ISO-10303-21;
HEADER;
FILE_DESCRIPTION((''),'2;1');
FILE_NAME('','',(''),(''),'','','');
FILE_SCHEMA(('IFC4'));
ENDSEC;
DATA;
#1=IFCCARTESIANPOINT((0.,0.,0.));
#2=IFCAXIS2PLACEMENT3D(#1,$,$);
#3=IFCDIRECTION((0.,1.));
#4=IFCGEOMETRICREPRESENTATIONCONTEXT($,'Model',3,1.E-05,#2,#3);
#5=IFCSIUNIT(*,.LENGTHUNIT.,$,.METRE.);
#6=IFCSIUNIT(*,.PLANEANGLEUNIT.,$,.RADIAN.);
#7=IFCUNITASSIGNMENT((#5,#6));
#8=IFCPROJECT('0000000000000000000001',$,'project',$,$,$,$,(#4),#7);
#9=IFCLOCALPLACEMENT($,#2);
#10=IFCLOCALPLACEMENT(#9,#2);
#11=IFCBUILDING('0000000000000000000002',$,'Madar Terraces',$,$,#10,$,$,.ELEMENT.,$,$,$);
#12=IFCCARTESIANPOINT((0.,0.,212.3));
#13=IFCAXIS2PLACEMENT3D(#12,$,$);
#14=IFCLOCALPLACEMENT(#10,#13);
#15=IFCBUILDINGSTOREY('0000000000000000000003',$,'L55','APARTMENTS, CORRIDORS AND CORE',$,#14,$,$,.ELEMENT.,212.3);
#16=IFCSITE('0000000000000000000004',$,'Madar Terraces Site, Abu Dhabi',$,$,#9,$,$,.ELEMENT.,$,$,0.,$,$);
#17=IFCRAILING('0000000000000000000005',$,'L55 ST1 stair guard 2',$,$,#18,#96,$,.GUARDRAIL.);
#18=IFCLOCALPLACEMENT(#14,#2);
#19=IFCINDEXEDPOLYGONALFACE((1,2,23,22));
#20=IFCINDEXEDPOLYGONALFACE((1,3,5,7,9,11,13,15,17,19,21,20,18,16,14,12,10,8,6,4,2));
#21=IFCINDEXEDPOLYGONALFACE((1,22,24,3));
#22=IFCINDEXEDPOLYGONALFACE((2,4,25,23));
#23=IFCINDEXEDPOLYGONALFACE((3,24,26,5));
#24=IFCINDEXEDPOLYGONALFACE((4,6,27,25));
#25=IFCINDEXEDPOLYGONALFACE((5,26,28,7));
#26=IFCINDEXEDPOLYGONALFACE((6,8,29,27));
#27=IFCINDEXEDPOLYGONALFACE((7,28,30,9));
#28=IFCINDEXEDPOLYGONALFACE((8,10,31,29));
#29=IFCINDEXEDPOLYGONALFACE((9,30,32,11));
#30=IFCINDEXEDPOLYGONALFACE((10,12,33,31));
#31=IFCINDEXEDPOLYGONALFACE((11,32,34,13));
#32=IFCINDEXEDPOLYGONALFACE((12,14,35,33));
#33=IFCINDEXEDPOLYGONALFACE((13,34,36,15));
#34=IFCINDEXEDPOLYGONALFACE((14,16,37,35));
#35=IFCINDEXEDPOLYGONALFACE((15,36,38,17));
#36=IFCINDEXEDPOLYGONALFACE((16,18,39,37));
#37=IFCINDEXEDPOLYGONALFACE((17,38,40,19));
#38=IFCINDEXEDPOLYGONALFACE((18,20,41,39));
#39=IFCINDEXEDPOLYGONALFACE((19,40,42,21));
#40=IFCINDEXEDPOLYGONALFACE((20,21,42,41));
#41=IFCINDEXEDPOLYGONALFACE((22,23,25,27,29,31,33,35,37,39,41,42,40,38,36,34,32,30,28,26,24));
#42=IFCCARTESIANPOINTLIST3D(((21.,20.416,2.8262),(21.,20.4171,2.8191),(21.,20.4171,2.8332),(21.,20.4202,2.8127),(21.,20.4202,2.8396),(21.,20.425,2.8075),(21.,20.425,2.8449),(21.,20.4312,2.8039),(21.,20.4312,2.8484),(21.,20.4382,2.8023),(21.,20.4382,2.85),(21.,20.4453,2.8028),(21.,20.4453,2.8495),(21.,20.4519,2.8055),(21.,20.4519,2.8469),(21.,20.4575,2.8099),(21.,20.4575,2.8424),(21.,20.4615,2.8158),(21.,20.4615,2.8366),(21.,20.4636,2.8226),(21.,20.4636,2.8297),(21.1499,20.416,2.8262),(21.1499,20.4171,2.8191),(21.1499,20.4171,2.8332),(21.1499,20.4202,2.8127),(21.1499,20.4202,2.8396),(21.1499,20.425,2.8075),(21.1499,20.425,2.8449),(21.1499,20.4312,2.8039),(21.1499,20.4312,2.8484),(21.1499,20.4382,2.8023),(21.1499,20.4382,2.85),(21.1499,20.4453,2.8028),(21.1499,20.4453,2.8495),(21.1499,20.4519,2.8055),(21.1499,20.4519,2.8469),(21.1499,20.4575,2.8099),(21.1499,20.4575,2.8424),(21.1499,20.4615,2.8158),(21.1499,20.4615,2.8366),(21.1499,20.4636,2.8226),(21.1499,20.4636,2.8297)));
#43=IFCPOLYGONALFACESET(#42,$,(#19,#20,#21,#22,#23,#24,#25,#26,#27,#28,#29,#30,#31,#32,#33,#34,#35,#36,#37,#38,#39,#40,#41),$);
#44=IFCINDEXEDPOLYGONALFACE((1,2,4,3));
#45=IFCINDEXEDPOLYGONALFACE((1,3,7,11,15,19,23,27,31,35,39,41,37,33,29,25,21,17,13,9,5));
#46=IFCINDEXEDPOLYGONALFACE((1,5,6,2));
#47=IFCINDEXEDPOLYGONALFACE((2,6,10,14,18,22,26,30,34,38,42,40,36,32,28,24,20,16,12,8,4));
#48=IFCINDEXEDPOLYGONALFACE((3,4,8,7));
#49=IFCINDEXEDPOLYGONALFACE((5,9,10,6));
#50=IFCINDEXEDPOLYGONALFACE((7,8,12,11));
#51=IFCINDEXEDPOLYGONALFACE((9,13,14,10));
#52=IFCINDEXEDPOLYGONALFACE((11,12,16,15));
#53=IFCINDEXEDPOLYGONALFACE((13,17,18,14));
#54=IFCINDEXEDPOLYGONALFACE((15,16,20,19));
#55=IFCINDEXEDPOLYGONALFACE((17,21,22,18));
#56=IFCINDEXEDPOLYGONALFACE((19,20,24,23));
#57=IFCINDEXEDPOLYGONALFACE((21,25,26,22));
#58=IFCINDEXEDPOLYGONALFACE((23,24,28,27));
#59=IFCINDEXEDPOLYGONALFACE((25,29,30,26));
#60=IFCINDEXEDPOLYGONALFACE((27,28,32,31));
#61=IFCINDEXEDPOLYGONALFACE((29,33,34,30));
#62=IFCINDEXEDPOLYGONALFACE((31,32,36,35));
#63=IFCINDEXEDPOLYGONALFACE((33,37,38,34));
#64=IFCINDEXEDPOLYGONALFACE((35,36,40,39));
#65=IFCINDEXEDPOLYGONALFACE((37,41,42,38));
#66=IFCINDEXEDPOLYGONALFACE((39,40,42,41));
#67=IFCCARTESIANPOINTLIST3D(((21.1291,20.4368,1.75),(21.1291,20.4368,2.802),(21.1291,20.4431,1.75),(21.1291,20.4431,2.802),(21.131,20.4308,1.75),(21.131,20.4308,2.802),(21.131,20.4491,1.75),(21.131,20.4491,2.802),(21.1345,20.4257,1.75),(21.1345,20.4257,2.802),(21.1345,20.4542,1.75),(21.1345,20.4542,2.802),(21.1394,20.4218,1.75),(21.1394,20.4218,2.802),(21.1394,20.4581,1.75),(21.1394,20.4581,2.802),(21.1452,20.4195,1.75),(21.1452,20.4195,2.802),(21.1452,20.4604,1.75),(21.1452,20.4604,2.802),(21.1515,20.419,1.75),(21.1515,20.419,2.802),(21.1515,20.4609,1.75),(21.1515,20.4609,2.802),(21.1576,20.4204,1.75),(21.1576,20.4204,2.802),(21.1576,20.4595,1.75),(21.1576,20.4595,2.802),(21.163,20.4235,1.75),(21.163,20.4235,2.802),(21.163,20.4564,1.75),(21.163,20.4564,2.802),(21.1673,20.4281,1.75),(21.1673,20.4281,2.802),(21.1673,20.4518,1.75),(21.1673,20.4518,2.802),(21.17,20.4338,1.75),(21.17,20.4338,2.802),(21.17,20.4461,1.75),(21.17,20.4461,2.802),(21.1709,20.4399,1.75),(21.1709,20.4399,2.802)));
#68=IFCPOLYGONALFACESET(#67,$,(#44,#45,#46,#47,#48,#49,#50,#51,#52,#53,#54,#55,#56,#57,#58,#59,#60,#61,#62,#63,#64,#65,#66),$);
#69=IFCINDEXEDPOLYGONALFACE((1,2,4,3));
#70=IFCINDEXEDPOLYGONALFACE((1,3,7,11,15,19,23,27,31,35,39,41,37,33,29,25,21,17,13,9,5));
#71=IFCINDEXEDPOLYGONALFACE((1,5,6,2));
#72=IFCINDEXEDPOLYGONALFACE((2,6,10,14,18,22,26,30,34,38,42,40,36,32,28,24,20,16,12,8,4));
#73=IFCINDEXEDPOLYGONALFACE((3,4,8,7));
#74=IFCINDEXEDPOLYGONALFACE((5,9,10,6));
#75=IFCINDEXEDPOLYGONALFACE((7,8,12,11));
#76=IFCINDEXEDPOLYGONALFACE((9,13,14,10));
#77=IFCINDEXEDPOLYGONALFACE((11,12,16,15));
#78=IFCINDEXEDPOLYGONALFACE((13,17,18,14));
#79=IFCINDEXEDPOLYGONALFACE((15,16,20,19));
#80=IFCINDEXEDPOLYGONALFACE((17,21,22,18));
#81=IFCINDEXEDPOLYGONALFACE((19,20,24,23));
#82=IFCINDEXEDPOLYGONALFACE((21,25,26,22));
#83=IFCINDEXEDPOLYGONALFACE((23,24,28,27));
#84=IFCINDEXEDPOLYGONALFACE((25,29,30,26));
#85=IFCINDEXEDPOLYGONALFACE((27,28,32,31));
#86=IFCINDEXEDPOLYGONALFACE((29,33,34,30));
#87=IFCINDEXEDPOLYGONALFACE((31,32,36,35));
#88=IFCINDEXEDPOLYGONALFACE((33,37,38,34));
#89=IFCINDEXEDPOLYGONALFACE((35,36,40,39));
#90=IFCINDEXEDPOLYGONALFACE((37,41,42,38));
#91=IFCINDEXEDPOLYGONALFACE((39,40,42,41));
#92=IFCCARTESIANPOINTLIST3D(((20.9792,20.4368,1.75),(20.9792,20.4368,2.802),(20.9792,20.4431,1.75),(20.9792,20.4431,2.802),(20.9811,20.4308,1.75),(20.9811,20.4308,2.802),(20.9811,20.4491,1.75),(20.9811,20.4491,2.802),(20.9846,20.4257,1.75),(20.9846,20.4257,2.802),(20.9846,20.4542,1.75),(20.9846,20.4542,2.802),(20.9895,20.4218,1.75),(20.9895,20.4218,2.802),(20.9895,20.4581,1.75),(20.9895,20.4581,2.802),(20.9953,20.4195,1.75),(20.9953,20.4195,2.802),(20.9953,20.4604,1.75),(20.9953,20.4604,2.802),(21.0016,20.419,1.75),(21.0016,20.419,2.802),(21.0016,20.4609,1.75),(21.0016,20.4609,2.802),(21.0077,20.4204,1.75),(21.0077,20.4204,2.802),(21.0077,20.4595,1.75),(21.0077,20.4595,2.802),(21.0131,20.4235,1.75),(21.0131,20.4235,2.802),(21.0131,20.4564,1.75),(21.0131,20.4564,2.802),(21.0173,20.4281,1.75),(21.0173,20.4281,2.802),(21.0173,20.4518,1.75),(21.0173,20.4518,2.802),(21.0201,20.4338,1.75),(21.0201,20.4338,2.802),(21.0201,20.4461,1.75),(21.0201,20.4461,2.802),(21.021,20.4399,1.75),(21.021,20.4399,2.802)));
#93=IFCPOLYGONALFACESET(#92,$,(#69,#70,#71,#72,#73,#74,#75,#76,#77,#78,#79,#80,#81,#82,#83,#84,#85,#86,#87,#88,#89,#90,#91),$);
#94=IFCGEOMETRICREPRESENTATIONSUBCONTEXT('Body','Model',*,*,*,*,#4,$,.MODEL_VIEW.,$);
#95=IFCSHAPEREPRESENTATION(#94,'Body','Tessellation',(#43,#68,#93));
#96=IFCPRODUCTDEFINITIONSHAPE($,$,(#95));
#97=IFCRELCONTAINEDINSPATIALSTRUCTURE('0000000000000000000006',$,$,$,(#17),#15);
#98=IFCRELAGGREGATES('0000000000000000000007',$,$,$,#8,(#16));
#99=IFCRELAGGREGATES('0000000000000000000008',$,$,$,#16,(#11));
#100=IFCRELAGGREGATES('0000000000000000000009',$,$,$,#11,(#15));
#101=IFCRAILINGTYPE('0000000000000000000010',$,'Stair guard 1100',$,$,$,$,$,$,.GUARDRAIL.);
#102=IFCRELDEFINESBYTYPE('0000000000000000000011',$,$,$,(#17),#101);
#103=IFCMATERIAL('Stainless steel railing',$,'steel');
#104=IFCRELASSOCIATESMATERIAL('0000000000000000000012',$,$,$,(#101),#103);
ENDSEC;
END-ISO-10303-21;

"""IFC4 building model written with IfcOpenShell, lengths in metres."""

from ifc_helpers import new_model, si_unit, direction, frame, origin, origin_2d, place, context, subcontext, project, spatial, circle, extrude, material, type_object, element, save


model = new_model("IFC4")

# Units and contexts
model_context = context("Model", 3, precision=1e-05, world=origin(), true_north=direction((0.0, 1.0)))
body_context = subcontext(model_context, "Body", "Model", "MODEL_VIEW")
ifc_project = project(units=[si_unit("LENGTHUNIT", "METRE"), si_unit("PLANEANGLEUNIT", "RADIAN")], contexts=[model_context])

# Site, building, storey
site_placement = place(None, origin())
site = spatial("IfcSite", under=ifc_project, at=site_placement, Name="Madar Terraces Site, Abu Dhabi", CompositionType="ELEMENT", RefElevation=0.0)
building_placement = place(site_placement, origin())
building = spatial("IfcBuilding", under=site, at=building_placement, Name="Madar Terraces", CompositionType="ELEMENT")
storey_placement = place(building_placement, frame((0.0, 0.0, 212.3)))
storey = spatial("IfcBuildingStorey", under=building, at=storey_placement, Name="L55", Description="APARTMENTS, CORRIDORS AND CORE", CompositionType="ELEMENT", Elevation=212.3)

# Railing
ifc_material_1 = material(Name="Stainless steel railing", Category="steel")
railing_type_1 = type_object("IfcRailingType", Name="Stair guard 1100", PredefinedType="GUARDRAIL", material=ifc_material_1)
railing_1_placement = place(storey_placement, frame((21.1499, 20.4399, 1.75)))
element("IfcRailing", 1, at=railing_1_placement, inside=storey, type_object=railing_type_1, Name="L55 ST1 stair guard 2", PredefinedType="GUARDRAIL", context=body_context, shape_type="SweptSolid", body=[
    extrude(circle(Radius=0.0239, at=origin_2d()), frame((0.0, 0.0, 1.0762), z_axis=(-1.0, 0.0, 0.0), x_axis=(0.0, -1.0, 0.0)), (0.0, 0.0, 1.0), 0.1499),
    extrude(circle(Radius=0.021, at=origin_2d()), origin(), (0.0, 0.0, 1.0), 1.052),
    extrude(circle(Radius=0.021, at=origin_2d()), frame((-0.1499, 0.0, 0.0)), (0.0, 0.0, 1.0), 1.052),
])

save(model, "model.ifc")
